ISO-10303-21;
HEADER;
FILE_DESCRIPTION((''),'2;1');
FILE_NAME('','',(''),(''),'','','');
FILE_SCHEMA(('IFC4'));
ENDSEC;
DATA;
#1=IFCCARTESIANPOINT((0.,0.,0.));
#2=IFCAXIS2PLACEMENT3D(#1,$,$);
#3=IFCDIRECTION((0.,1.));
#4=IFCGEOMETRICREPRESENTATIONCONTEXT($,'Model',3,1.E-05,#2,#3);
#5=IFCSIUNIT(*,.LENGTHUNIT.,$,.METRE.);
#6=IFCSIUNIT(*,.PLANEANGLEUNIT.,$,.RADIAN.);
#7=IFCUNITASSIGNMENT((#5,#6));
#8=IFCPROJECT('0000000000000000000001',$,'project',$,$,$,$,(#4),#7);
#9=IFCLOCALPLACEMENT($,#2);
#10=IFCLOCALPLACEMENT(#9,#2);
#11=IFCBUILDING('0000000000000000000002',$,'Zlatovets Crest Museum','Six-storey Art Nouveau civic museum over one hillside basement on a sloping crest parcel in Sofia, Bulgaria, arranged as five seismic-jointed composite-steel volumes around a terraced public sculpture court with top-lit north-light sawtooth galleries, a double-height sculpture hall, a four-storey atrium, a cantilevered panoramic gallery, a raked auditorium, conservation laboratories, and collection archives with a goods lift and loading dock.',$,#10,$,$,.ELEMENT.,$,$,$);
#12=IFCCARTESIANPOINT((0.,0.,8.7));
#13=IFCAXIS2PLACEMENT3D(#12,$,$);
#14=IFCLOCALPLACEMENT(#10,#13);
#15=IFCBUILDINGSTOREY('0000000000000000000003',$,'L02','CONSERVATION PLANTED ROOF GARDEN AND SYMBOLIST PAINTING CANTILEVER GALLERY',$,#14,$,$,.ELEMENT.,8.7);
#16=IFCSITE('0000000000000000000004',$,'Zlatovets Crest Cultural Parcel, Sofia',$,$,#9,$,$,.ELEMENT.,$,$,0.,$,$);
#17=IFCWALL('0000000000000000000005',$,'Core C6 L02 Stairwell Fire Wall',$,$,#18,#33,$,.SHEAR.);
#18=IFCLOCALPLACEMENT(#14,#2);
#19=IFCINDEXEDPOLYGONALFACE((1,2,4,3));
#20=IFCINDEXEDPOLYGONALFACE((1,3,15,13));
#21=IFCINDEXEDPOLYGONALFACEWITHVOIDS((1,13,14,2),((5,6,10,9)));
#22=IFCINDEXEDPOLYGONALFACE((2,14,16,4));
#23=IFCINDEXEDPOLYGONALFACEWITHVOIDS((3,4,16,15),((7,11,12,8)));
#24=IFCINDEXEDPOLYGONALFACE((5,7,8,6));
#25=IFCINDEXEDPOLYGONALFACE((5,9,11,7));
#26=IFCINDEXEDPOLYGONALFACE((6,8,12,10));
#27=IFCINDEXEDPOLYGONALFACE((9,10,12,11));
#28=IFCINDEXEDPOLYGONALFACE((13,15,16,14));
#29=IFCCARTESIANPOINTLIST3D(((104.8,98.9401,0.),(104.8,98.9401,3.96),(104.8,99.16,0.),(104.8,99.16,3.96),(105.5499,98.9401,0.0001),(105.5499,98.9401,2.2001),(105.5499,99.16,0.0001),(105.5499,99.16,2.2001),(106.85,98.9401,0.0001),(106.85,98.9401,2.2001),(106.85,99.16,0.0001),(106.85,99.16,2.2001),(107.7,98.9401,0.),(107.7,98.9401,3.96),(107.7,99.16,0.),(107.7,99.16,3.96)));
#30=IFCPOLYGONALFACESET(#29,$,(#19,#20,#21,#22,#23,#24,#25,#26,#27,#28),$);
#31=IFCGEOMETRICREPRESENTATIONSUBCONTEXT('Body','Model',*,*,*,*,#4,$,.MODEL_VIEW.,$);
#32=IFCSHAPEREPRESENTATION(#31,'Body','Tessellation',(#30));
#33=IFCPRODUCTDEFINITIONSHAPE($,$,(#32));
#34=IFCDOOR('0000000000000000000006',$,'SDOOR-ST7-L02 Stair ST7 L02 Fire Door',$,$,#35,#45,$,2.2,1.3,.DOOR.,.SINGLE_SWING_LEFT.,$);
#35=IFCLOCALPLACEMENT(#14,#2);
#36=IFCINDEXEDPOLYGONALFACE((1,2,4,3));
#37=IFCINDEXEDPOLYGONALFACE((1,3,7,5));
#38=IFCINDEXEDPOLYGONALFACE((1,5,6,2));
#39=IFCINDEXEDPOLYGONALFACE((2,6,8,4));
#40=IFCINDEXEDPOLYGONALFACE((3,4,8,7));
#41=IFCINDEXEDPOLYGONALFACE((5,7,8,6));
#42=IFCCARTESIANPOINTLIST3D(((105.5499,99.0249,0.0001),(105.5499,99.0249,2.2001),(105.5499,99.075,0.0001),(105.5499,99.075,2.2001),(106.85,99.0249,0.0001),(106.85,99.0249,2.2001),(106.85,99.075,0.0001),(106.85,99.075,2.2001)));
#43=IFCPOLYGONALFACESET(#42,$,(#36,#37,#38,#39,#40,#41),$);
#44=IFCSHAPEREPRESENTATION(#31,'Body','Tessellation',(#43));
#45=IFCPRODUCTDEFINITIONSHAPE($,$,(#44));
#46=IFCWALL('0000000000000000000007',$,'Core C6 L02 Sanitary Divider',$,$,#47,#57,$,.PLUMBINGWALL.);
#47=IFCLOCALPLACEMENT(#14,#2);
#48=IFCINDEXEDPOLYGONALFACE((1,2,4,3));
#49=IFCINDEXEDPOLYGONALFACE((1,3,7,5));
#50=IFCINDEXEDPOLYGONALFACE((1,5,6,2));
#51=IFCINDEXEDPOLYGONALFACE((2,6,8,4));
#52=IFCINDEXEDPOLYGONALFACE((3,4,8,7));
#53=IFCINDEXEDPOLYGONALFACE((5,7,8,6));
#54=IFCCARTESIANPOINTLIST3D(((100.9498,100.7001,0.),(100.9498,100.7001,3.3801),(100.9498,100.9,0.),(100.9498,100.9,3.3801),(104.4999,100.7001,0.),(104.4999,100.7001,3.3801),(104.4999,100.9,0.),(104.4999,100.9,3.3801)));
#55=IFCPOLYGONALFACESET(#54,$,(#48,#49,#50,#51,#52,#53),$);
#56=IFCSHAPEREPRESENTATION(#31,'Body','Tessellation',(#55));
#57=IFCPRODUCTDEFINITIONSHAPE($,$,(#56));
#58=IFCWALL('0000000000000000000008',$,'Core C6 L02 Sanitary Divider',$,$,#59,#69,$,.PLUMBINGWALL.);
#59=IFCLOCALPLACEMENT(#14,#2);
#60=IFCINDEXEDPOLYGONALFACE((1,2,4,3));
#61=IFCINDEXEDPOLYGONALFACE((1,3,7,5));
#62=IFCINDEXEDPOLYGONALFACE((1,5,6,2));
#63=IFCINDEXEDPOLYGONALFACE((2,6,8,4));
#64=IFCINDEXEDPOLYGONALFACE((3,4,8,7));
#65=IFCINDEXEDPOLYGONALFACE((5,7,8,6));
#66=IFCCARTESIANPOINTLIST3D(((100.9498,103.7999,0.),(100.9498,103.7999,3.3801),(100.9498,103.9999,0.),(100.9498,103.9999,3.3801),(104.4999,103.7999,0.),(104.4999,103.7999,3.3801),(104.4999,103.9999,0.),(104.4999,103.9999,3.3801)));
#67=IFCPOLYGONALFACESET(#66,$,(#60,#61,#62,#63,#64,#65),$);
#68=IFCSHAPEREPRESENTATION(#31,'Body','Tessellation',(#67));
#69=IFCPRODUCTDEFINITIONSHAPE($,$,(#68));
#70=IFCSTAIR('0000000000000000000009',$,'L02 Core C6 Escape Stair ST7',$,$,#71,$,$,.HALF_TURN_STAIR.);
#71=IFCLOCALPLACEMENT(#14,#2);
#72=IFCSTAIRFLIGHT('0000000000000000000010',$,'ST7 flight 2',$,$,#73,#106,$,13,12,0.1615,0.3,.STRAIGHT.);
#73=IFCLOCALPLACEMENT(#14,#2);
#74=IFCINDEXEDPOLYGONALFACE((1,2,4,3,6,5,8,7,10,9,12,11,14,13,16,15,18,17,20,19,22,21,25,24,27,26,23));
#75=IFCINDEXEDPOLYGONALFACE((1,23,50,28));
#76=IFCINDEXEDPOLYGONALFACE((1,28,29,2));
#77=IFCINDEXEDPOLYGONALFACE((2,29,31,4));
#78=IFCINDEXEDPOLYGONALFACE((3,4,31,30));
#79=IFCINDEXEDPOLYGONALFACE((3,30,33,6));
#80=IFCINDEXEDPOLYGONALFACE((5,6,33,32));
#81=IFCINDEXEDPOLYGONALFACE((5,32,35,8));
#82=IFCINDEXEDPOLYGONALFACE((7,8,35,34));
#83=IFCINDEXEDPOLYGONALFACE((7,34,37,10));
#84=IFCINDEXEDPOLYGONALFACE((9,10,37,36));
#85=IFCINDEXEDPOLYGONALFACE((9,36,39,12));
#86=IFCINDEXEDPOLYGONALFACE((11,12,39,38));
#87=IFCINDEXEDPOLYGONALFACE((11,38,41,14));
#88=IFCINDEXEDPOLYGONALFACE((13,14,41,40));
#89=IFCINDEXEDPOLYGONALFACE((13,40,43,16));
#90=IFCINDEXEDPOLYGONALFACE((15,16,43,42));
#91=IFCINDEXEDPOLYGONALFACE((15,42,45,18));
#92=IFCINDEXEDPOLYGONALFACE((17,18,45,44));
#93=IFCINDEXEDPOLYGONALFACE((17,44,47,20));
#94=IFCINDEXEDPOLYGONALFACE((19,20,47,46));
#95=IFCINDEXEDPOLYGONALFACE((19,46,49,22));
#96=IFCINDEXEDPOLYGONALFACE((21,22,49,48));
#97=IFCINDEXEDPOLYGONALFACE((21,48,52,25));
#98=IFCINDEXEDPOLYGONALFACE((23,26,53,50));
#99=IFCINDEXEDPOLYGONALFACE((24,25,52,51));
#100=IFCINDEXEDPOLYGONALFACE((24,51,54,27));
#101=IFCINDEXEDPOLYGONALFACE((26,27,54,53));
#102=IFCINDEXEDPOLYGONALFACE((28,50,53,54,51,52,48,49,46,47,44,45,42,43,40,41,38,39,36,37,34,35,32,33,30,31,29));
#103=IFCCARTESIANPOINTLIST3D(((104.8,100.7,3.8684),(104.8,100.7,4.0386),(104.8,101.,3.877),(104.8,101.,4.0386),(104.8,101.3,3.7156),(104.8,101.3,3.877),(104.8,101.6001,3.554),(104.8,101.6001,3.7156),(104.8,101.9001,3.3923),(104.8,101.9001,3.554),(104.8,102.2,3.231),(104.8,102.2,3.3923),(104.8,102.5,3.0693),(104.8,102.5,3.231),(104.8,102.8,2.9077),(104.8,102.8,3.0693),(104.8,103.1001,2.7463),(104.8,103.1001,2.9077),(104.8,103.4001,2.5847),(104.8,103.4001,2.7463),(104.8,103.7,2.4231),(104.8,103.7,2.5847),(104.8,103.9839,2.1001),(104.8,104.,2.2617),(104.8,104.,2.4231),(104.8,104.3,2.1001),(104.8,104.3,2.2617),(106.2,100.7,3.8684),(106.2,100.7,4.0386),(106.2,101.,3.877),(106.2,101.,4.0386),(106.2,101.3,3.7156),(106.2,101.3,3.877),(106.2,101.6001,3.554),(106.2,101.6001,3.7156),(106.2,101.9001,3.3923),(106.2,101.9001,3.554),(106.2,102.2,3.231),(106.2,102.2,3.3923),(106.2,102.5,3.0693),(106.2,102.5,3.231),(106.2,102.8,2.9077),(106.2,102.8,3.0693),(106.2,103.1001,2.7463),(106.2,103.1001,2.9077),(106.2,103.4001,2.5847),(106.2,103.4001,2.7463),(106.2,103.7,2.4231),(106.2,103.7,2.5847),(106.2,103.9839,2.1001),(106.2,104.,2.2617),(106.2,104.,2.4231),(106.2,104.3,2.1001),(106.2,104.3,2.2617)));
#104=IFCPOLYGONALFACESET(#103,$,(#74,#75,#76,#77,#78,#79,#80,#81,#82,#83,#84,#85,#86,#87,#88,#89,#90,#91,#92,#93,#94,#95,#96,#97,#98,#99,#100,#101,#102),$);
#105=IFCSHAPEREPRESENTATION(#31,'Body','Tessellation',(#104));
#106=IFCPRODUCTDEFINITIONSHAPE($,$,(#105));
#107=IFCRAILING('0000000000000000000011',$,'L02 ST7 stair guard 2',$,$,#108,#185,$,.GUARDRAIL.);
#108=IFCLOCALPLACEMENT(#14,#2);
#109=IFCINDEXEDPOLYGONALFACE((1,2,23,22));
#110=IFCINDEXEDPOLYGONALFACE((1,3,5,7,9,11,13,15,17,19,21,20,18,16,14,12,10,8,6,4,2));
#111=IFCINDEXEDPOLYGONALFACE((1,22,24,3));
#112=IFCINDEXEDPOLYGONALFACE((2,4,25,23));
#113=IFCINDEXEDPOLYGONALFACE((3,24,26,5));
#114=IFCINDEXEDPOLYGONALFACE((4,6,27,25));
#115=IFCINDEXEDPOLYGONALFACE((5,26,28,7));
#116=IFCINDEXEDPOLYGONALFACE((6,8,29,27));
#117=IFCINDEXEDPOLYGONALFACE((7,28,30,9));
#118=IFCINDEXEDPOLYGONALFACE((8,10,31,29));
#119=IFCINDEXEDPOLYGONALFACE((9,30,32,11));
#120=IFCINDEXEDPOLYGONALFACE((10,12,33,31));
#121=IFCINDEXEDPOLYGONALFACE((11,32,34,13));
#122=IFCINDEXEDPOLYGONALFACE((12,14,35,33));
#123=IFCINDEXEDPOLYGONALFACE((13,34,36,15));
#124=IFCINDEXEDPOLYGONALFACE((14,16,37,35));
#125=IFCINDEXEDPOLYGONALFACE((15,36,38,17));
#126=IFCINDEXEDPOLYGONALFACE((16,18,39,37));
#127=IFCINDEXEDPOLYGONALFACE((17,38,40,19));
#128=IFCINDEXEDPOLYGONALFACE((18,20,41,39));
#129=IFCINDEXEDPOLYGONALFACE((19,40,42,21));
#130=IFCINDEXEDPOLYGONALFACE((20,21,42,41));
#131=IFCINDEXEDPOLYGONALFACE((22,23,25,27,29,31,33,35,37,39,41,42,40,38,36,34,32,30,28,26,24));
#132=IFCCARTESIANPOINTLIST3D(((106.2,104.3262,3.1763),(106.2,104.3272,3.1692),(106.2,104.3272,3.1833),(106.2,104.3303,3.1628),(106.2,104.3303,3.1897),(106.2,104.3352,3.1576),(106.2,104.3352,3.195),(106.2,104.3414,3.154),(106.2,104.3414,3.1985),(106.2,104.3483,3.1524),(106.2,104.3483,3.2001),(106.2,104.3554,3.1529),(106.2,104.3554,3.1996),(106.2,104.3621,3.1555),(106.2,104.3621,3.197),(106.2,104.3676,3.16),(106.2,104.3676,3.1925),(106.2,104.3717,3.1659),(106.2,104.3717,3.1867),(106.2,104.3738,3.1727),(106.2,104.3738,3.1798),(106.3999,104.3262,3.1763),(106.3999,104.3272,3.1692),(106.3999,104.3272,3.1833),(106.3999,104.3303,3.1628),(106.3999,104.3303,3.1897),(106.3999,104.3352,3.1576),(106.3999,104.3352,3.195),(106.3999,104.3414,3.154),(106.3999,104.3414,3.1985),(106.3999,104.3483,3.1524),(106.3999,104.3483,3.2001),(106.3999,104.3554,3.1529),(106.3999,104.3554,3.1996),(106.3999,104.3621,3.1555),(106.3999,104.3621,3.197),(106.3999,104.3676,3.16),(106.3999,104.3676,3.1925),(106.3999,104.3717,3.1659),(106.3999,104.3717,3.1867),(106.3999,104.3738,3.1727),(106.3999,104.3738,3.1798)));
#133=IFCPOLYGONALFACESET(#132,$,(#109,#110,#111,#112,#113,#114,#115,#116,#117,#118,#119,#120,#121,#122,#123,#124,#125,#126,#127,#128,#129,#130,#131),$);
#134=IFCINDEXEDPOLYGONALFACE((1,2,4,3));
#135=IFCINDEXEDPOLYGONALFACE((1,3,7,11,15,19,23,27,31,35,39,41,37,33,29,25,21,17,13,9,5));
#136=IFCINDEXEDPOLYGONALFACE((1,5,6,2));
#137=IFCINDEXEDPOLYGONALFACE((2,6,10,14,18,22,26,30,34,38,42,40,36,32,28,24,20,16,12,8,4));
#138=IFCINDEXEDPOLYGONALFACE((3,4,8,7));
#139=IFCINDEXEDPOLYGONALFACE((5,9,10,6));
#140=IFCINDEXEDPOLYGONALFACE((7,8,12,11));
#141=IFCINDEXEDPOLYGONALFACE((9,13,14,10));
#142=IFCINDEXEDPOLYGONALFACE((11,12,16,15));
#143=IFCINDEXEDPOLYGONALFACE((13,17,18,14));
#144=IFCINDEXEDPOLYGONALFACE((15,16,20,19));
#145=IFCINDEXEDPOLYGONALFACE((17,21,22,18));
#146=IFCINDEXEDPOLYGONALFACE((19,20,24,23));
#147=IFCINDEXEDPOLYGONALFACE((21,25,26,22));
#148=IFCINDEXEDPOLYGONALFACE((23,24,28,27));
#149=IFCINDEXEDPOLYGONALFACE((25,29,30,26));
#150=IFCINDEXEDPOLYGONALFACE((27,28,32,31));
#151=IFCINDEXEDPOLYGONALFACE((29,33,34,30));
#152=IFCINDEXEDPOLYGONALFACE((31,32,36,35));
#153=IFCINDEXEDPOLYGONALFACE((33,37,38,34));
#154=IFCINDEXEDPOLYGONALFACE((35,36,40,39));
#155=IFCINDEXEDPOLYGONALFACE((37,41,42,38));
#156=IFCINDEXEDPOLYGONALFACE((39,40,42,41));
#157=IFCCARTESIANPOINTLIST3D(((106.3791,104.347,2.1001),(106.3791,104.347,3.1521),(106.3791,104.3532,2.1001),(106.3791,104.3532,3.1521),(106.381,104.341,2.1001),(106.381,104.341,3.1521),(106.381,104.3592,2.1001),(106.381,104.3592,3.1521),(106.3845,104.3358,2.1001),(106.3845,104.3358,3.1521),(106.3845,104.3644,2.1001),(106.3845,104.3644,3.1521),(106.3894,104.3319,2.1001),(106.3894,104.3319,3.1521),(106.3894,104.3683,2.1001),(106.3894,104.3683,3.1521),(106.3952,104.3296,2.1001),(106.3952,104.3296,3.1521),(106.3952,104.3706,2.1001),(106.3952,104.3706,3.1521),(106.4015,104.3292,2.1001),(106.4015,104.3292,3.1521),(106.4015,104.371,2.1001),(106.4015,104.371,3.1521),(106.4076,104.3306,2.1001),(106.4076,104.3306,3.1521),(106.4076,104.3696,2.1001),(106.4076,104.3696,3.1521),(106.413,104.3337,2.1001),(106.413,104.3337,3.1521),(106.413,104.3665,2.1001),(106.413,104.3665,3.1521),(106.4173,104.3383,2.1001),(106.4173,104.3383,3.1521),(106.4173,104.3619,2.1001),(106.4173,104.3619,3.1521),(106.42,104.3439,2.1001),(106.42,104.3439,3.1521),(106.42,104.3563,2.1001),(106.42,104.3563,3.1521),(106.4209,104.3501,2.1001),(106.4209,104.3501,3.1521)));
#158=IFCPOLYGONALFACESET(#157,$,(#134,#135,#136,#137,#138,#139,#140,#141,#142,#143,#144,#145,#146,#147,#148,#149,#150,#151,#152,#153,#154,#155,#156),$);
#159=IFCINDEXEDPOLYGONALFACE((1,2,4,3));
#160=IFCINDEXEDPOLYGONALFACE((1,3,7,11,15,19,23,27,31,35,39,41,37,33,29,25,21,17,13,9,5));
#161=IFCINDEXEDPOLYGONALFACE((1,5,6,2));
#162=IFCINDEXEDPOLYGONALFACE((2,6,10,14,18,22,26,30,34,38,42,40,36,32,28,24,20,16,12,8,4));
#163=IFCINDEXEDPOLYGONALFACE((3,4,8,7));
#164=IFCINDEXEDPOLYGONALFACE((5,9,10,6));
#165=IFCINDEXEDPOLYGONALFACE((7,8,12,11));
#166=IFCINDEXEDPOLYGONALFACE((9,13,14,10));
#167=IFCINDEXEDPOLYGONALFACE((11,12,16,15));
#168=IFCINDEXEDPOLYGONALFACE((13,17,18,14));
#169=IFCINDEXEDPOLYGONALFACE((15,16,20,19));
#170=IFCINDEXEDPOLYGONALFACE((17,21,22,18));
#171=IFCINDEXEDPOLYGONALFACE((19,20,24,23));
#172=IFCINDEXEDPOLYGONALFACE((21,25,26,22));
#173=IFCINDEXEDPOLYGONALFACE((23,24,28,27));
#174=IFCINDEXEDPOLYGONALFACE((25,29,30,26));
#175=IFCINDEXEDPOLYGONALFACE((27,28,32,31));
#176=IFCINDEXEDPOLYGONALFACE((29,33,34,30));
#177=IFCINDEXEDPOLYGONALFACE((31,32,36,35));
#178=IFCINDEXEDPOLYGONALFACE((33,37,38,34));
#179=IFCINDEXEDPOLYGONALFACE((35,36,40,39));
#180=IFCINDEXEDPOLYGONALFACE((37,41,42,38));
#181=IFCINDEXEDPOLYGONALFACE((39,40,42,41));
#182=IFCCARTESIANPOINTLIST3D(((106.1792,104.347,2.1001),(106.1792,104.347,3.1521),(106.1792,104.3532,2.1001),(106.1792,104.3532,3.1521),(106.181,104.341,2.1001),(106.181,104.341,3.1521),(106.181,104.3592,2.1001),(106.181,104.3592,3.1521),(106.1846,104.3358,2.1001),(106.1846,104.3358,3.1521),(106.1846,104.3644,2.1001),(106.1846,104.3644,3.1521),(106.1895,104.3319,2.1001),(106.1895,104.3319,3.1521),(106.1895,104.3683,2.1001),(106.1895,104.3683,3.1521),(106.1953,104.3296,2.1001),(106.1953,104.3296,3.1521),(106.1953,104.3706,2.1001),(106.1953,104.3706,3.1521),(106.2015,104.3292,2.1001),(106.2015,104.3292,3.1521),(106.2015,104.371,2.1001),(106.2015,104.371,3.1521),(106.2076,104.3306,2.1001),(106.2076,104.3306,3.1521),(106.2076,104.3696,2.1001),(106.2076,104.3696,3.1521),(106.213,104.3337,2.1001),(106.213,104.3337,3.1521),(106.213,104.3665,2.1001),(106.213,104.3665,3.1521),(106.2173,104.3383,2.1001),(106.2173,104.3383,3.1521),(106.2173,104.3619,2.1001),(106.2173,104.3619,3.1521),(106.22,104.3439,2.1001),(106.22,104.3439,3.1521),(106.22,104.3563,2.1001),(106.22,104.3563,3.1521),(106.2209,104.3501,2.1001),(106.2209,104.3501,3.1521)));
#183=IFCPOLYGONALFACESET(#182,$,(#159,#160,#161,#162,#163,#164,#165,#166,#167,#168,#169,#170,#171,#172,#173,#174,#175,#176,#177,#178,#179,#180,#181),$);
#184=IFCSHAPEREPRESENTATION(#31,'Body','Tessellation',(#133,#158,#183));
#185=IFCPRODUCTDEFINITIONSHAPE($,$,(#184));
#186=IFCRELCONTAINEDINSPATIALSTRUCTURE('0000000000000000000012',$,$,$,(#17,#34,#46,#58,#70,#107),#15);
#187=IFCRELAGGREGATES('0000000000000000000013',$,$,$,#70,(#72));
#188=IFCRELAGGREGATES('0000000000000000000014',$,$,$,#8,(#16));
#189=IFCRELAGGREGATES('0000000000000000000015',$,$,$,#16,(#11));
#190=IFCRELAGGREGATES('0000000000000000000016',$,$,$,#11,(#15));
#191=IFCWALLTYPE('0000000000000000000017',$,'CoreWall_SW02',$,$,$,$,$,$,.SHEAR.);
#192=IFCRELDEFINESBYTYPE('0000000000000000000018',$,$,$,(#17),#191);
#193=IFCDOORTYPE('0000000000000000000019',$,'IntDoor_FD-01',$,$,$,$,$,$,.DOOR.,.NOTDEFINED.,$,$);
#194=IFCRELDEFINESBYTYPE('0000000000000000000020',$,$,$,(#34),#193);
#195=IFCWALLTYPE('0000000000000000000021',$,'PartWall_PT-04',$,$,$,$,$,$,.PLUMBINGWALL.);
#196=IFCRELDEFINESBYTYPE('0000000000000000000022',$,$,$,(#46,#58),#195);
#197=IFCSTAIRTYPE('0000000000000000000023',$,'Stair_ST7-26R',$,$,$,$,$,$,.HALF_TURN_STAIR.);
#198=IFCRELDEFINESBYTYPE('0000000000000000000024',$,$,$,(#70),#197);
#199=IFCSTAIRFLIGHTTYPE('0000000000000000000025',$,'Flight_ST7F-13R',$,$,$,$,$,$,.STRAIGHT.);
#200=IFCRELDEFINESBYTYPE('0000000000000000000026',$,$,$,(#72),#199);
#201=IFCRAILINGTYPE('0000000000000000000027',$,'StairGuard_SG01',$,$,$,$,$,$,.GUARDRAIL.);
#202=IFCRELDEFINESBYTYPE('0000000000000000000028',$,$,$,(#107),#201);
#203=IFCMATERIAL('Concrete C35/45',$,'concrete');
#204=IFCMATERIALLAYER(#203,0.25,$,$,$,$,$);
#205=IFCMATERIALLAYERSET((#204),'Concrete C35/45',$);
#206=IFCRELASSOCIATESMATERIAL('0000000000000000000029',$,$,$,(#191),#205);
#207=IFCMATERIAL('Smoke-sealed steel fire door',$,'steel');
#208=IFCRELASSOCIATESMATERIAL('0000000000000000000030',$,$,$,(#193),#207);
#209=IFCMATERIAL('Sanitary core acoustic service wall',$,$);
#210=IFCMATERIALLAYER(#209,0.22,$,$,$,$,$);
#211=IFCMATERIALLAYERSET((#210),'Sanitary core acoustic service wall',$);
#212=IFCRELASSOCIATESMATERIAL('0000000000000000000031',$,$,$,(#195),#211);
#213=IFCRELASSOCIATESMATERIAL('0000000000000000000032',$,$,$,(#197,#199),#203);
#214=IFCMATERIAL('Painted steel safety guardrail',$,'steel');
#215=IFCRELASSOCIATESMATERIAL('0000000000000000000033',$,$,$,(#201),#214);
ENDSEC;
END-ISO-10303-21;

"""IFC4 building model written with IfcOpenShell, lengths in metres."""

from ifc_helpers import new_model, si_unit, direction, frame, frame_2d, origin, origin_2d, place, context, subcontext, project, spatial, polyline, rectangle, circle, outline, extrude, material, layer, layer_set, type_object, element, fill, aggregate, save


model = new_model("IFC4")

# Units and contexts
model_context = context("Model", 3, precision=1e-05, world=origin(), true_north=direction((0.0, 1.0)))
body_context = subcontext(model_context, "Body", "Model", "MODEL_VIEW")
ifc_project = project(units=[si_unit("LENGTHUNIT", "METRE"), si_unit("PLANEANGLEUNIT", "RADIAN")], contexts=[model_context])

# Site, building, storey
site_placement = place(None, origin())
site = spatial("IfcSite", under=ifc_project, at=site_placement, Name="Zlatovets Crest Cultural Parcel, Sofia", CompositionType="ELEMENT", RefElevation=0.0)
building_placement = place(site_placement, origin())
building = spatial("IfcBuilding", under=site, at=building_placement, Name="Zlatovets Crest Museum", Description="Six-storey Art Nouveau civic museum over one hillside basement on a sloping crest parcel in Sofia, Bulgaria, arranged as five seismic-jointed composite-steel volumes around a terraced public sculpture court with top-lit north-light sawtooth galleries, a double-height sculpture hall, a four-storey atrium, a cantilevered panoramic gallery, a raked auditorium, conservation laboratories, and collection archives with a goods lift and loading dock.", CompositionType="ELEMENT")
storey_placement = place(building_placement, frame((0.0, 0.0, 8.7)))
storey = spatial("IfcBuildingStorey", under=building, at=storey_placement, Name="L02", Description="CONSERVATION PLANTED ROOF GARDEN AND SYMBOLIST PAINTING CANTILEVER GALLERY", CompositionType="ELEMENT", Elevation=8.7)

# Shared definitions
ifc_material_1 = material(Name="Concrete C35/45", Category="concrete")

# Wall, opening, door
ifc_layer_1 = layer(ifc_material_1, 0.25)
ifc_layer_set_1 = layer_set([ifc_layer_1], Name="Concrete C35/45")
wall_type_1 = type_object("IfcWallType", Name="CoreWall_SW02", PredefinedType="SHEAR", material=ifc_layer_set_1)
wall_1_placement = place(storey_placement, frame((104.8, 99.05, 0.0), z_axis=(0.0, 0.0, 1.0), x_axis=(1.0, 0.0, 0.0)))
wall_1 = element("IfcWall", 1, at=wall_1_placement, inside=storey, type_object=wall_type_1, Name="Core C6 L02 Stairwell Fire Wall", PredefinedType="SHEAR", context=body_context, shape_type="SweptSolid", body=[
    extrude(rectangle(XDim=2.8999, YDim=0.22, at=frame_2d((1.45, 0.0))), origin(), (0.0, 0.0, 1.0), 3.96),
])
opening_placement = place(wall_1_placement, frame((0.75, 0.0, 0.0)))
opening = element("IfcOpeningElement", 2, at=opening_placement, cuts=wall_1, PredefinedType="OPENING", context=body_context, shape_type="SweptSolid", body=[
    extrude(rectangle(XDim=1.3, YDim=2.2, at=frame_2d((0.6499, 1.1001))), frame((0.0, 0.1201, 0.0), z_axis=(0.0, -1.0, 0.0), x_axis=(1.0, 0.0, 0.0)), (0.0, 0.0, 1.0), 0.24),
])
ifc_material_2 = material(Name="Smoke-sealed steel fire door", Category="steel")
door_type = type_object("IfcDoorType", Name="IntDoor_FD-01", OperationType="NOTDEFINED", PredefinedType="DOOR", material=ifc_material_2)
door_placement = place(opening_placement, origin())
door = element("IfcDoor", 3, at=door_placement, inside=storey, type_object=door_type, Name="SDOOR-ST7-L02 Stair ST7 L02 Fire Door", OperationType="SINGLE_SWING_LEFT", OverallHeight=2.2, OverallWidth=1.3, PredefinedType="DOOR", context=body_context, shape_type="SweptSolid", body=[
    extrude(rectangle(XDim=1.3, YDim=2.2, at=frame_2d((0.6499, 1.1001))), frame((0.0, 0.0249, 0.0), z_axis=(0.0, -1.0, 0.0), x_axis=(1.0, 0.0, 0.0)), (0.0, 0.0, 1.0), 0.05),
])
fill(opening, door)

# Walls
ifc_material_3 = material(Name="Sanitary core acoustic service wall")
ifc_layer_2 = layer(ifc_material_3, 0.22)
ifc_layer_set_2 = layer_set([ifc_layer_2], Name="Sanitary core acoustic service wall")
wall_type_2 = type_object("IfcWallType", Name="PartWall_PT-04", PredefinedType="PLUMBINGWALL", material=ifc_layer_set_2)
for number, where, z_axis, x_axis, name in (
    (4, (100.95, 100.8, 0.0), (0.0, 0.0, 1.0), (1.0, 0.0, 0.0), "Core C6 L02 Sanitary Divider"),
    (5, (100.95, 103.8999, 0.0), (0.0, 0.0, 1.0), (1.0, 0.0, 0.0), "Core C6 L02 Sanitary Divider"),
):
    element("IfcWall", number, at=place(storey_placement, frame(where, z_axis=z_axis, x_axis=x_axis)), inside=storey, type_object=wall_type_2, Name=name, PredefinedType="PLUMBINGWALL", context=body_context, shape_type="SweptSolid", body=[
        extrude(rectangle(XDim=3.55, YDim=0.2, at=frame_2d((1.7749, 0.0))), origin(), (0.0, 0.0, 1.0), 3.3801),
    ])

# Stair, stair flight
stair_type = type_object("IfcStairType", Name="Stair_ST7-26R", PredefinedType="HALF_TURN_STAIR", material=ifc_material_1)
stair_placement = place(storey_placement, origin())
stair = element("IfcStair", 6, at=stair_placement, inside=storey, type_object=stair_type, Name="L02 Core C6 Escape Stair ST7", PredefinedType="HALF_TURN_STAIR")
stair_flight_type = type_object("IfcStairFlightType", Name="Flight_ST7F-13R", PredefinedType="STRAIGHT", material=ifc_material_1)
stair_flight_placement = place(storey_placement, frame((105.5, 104.3, 2.1001), z_axis=(0.0, 0.0, 1.0), x_axis=(0.0, -1.0, 0.0)))
stair_flight = element("IfcStairFlight", 7, at=stair_flight_placement, type_object=stair_flight_type, Name="ST7 flight 2", NumberOfRisers=13, NumberOfTreads=12, PredefinedType="STRAIGHT", RiserHeight=0.1615, TreadLength=0.3, context=body_context, shape_type="SweptSolid", body=[
    extrude(outline(polyline([(0.0, 0.0), (0.0, 0.1616), (0.3, 0.1616), (0.3, 0.323), (0.6001, 0.323), (0.6001, 0.4846), (0.8999, 0.4846), (0.8999, 0.6462), (1.2, 0.6462), (1.2, 0.8076), (1.5, 0.8076), (1.5, 0.9692), (1.8, 0.9692), (1.8, 1.1309), (2.1001, 1.1309), (2.1001, 1.2922), (2.3999, 1.2922), (2.3999, 1.4539), (2.7, 1.4539), (2.7, 1.6155), (3.0, 1.6155), (3.0, 1.7769), (3.3, 1.7769), (3.3, 1.9385), (3.6001, 1.9385), (3.6001, 2.1001), (3.6001, 1.7683), (0.3162, 0.0), (0.0, 0.0)])), frame((0.0, 0.7, 0.0), z_axis=(0.0, -1.0, 0.0), x_axis=(1.0, 0.0, 0.0)), (0.0, 0.0, 1.0), 1.3999),
])
aggregate(stair, [stair_flight])

# Railing
ifc_material_4 = material(Name="Painted steel safety guardrail", Category="steel")
railing_type_1 = type_object("IfcRailingType", Name="StairGuard_SG01", PredefinedType="GUARDRAIL", material=ifc_material_4)
railing_1_placement = place(storey_placement, frame((106.3999, 104.3501, 2.1001)))
element("IfcRailing", 8, at=railing_1_placement, inside=storey, type_object=railing_type_1, Name="L02 ST7 stair guard 2", PredefinedType="GUARDRAIL", context=body_context, shape_type="SweptSolid", body=[
    extrude(circle(Radius=0.0239, at=origin_2d()), frame((0.0, 0.0, 1.0762), z_axis=(-1.0, 0.0, 0.0), x_axis=(0.0, -1.0, 0.0)), (0.0, 0.0, 1.0), 0.2),
    extrude(circle(Radius=0.021, at=origin_2d()), origin(), (0.0, 0.0, 1.0), 1.052),
    extrude(circle(Radius=0.021, at=origin_2d()), frame((-0.2, 0.0, 0.0)), (0.0, 0.0, 1.0), 1.052),
])

save(model, "model.ifc")
